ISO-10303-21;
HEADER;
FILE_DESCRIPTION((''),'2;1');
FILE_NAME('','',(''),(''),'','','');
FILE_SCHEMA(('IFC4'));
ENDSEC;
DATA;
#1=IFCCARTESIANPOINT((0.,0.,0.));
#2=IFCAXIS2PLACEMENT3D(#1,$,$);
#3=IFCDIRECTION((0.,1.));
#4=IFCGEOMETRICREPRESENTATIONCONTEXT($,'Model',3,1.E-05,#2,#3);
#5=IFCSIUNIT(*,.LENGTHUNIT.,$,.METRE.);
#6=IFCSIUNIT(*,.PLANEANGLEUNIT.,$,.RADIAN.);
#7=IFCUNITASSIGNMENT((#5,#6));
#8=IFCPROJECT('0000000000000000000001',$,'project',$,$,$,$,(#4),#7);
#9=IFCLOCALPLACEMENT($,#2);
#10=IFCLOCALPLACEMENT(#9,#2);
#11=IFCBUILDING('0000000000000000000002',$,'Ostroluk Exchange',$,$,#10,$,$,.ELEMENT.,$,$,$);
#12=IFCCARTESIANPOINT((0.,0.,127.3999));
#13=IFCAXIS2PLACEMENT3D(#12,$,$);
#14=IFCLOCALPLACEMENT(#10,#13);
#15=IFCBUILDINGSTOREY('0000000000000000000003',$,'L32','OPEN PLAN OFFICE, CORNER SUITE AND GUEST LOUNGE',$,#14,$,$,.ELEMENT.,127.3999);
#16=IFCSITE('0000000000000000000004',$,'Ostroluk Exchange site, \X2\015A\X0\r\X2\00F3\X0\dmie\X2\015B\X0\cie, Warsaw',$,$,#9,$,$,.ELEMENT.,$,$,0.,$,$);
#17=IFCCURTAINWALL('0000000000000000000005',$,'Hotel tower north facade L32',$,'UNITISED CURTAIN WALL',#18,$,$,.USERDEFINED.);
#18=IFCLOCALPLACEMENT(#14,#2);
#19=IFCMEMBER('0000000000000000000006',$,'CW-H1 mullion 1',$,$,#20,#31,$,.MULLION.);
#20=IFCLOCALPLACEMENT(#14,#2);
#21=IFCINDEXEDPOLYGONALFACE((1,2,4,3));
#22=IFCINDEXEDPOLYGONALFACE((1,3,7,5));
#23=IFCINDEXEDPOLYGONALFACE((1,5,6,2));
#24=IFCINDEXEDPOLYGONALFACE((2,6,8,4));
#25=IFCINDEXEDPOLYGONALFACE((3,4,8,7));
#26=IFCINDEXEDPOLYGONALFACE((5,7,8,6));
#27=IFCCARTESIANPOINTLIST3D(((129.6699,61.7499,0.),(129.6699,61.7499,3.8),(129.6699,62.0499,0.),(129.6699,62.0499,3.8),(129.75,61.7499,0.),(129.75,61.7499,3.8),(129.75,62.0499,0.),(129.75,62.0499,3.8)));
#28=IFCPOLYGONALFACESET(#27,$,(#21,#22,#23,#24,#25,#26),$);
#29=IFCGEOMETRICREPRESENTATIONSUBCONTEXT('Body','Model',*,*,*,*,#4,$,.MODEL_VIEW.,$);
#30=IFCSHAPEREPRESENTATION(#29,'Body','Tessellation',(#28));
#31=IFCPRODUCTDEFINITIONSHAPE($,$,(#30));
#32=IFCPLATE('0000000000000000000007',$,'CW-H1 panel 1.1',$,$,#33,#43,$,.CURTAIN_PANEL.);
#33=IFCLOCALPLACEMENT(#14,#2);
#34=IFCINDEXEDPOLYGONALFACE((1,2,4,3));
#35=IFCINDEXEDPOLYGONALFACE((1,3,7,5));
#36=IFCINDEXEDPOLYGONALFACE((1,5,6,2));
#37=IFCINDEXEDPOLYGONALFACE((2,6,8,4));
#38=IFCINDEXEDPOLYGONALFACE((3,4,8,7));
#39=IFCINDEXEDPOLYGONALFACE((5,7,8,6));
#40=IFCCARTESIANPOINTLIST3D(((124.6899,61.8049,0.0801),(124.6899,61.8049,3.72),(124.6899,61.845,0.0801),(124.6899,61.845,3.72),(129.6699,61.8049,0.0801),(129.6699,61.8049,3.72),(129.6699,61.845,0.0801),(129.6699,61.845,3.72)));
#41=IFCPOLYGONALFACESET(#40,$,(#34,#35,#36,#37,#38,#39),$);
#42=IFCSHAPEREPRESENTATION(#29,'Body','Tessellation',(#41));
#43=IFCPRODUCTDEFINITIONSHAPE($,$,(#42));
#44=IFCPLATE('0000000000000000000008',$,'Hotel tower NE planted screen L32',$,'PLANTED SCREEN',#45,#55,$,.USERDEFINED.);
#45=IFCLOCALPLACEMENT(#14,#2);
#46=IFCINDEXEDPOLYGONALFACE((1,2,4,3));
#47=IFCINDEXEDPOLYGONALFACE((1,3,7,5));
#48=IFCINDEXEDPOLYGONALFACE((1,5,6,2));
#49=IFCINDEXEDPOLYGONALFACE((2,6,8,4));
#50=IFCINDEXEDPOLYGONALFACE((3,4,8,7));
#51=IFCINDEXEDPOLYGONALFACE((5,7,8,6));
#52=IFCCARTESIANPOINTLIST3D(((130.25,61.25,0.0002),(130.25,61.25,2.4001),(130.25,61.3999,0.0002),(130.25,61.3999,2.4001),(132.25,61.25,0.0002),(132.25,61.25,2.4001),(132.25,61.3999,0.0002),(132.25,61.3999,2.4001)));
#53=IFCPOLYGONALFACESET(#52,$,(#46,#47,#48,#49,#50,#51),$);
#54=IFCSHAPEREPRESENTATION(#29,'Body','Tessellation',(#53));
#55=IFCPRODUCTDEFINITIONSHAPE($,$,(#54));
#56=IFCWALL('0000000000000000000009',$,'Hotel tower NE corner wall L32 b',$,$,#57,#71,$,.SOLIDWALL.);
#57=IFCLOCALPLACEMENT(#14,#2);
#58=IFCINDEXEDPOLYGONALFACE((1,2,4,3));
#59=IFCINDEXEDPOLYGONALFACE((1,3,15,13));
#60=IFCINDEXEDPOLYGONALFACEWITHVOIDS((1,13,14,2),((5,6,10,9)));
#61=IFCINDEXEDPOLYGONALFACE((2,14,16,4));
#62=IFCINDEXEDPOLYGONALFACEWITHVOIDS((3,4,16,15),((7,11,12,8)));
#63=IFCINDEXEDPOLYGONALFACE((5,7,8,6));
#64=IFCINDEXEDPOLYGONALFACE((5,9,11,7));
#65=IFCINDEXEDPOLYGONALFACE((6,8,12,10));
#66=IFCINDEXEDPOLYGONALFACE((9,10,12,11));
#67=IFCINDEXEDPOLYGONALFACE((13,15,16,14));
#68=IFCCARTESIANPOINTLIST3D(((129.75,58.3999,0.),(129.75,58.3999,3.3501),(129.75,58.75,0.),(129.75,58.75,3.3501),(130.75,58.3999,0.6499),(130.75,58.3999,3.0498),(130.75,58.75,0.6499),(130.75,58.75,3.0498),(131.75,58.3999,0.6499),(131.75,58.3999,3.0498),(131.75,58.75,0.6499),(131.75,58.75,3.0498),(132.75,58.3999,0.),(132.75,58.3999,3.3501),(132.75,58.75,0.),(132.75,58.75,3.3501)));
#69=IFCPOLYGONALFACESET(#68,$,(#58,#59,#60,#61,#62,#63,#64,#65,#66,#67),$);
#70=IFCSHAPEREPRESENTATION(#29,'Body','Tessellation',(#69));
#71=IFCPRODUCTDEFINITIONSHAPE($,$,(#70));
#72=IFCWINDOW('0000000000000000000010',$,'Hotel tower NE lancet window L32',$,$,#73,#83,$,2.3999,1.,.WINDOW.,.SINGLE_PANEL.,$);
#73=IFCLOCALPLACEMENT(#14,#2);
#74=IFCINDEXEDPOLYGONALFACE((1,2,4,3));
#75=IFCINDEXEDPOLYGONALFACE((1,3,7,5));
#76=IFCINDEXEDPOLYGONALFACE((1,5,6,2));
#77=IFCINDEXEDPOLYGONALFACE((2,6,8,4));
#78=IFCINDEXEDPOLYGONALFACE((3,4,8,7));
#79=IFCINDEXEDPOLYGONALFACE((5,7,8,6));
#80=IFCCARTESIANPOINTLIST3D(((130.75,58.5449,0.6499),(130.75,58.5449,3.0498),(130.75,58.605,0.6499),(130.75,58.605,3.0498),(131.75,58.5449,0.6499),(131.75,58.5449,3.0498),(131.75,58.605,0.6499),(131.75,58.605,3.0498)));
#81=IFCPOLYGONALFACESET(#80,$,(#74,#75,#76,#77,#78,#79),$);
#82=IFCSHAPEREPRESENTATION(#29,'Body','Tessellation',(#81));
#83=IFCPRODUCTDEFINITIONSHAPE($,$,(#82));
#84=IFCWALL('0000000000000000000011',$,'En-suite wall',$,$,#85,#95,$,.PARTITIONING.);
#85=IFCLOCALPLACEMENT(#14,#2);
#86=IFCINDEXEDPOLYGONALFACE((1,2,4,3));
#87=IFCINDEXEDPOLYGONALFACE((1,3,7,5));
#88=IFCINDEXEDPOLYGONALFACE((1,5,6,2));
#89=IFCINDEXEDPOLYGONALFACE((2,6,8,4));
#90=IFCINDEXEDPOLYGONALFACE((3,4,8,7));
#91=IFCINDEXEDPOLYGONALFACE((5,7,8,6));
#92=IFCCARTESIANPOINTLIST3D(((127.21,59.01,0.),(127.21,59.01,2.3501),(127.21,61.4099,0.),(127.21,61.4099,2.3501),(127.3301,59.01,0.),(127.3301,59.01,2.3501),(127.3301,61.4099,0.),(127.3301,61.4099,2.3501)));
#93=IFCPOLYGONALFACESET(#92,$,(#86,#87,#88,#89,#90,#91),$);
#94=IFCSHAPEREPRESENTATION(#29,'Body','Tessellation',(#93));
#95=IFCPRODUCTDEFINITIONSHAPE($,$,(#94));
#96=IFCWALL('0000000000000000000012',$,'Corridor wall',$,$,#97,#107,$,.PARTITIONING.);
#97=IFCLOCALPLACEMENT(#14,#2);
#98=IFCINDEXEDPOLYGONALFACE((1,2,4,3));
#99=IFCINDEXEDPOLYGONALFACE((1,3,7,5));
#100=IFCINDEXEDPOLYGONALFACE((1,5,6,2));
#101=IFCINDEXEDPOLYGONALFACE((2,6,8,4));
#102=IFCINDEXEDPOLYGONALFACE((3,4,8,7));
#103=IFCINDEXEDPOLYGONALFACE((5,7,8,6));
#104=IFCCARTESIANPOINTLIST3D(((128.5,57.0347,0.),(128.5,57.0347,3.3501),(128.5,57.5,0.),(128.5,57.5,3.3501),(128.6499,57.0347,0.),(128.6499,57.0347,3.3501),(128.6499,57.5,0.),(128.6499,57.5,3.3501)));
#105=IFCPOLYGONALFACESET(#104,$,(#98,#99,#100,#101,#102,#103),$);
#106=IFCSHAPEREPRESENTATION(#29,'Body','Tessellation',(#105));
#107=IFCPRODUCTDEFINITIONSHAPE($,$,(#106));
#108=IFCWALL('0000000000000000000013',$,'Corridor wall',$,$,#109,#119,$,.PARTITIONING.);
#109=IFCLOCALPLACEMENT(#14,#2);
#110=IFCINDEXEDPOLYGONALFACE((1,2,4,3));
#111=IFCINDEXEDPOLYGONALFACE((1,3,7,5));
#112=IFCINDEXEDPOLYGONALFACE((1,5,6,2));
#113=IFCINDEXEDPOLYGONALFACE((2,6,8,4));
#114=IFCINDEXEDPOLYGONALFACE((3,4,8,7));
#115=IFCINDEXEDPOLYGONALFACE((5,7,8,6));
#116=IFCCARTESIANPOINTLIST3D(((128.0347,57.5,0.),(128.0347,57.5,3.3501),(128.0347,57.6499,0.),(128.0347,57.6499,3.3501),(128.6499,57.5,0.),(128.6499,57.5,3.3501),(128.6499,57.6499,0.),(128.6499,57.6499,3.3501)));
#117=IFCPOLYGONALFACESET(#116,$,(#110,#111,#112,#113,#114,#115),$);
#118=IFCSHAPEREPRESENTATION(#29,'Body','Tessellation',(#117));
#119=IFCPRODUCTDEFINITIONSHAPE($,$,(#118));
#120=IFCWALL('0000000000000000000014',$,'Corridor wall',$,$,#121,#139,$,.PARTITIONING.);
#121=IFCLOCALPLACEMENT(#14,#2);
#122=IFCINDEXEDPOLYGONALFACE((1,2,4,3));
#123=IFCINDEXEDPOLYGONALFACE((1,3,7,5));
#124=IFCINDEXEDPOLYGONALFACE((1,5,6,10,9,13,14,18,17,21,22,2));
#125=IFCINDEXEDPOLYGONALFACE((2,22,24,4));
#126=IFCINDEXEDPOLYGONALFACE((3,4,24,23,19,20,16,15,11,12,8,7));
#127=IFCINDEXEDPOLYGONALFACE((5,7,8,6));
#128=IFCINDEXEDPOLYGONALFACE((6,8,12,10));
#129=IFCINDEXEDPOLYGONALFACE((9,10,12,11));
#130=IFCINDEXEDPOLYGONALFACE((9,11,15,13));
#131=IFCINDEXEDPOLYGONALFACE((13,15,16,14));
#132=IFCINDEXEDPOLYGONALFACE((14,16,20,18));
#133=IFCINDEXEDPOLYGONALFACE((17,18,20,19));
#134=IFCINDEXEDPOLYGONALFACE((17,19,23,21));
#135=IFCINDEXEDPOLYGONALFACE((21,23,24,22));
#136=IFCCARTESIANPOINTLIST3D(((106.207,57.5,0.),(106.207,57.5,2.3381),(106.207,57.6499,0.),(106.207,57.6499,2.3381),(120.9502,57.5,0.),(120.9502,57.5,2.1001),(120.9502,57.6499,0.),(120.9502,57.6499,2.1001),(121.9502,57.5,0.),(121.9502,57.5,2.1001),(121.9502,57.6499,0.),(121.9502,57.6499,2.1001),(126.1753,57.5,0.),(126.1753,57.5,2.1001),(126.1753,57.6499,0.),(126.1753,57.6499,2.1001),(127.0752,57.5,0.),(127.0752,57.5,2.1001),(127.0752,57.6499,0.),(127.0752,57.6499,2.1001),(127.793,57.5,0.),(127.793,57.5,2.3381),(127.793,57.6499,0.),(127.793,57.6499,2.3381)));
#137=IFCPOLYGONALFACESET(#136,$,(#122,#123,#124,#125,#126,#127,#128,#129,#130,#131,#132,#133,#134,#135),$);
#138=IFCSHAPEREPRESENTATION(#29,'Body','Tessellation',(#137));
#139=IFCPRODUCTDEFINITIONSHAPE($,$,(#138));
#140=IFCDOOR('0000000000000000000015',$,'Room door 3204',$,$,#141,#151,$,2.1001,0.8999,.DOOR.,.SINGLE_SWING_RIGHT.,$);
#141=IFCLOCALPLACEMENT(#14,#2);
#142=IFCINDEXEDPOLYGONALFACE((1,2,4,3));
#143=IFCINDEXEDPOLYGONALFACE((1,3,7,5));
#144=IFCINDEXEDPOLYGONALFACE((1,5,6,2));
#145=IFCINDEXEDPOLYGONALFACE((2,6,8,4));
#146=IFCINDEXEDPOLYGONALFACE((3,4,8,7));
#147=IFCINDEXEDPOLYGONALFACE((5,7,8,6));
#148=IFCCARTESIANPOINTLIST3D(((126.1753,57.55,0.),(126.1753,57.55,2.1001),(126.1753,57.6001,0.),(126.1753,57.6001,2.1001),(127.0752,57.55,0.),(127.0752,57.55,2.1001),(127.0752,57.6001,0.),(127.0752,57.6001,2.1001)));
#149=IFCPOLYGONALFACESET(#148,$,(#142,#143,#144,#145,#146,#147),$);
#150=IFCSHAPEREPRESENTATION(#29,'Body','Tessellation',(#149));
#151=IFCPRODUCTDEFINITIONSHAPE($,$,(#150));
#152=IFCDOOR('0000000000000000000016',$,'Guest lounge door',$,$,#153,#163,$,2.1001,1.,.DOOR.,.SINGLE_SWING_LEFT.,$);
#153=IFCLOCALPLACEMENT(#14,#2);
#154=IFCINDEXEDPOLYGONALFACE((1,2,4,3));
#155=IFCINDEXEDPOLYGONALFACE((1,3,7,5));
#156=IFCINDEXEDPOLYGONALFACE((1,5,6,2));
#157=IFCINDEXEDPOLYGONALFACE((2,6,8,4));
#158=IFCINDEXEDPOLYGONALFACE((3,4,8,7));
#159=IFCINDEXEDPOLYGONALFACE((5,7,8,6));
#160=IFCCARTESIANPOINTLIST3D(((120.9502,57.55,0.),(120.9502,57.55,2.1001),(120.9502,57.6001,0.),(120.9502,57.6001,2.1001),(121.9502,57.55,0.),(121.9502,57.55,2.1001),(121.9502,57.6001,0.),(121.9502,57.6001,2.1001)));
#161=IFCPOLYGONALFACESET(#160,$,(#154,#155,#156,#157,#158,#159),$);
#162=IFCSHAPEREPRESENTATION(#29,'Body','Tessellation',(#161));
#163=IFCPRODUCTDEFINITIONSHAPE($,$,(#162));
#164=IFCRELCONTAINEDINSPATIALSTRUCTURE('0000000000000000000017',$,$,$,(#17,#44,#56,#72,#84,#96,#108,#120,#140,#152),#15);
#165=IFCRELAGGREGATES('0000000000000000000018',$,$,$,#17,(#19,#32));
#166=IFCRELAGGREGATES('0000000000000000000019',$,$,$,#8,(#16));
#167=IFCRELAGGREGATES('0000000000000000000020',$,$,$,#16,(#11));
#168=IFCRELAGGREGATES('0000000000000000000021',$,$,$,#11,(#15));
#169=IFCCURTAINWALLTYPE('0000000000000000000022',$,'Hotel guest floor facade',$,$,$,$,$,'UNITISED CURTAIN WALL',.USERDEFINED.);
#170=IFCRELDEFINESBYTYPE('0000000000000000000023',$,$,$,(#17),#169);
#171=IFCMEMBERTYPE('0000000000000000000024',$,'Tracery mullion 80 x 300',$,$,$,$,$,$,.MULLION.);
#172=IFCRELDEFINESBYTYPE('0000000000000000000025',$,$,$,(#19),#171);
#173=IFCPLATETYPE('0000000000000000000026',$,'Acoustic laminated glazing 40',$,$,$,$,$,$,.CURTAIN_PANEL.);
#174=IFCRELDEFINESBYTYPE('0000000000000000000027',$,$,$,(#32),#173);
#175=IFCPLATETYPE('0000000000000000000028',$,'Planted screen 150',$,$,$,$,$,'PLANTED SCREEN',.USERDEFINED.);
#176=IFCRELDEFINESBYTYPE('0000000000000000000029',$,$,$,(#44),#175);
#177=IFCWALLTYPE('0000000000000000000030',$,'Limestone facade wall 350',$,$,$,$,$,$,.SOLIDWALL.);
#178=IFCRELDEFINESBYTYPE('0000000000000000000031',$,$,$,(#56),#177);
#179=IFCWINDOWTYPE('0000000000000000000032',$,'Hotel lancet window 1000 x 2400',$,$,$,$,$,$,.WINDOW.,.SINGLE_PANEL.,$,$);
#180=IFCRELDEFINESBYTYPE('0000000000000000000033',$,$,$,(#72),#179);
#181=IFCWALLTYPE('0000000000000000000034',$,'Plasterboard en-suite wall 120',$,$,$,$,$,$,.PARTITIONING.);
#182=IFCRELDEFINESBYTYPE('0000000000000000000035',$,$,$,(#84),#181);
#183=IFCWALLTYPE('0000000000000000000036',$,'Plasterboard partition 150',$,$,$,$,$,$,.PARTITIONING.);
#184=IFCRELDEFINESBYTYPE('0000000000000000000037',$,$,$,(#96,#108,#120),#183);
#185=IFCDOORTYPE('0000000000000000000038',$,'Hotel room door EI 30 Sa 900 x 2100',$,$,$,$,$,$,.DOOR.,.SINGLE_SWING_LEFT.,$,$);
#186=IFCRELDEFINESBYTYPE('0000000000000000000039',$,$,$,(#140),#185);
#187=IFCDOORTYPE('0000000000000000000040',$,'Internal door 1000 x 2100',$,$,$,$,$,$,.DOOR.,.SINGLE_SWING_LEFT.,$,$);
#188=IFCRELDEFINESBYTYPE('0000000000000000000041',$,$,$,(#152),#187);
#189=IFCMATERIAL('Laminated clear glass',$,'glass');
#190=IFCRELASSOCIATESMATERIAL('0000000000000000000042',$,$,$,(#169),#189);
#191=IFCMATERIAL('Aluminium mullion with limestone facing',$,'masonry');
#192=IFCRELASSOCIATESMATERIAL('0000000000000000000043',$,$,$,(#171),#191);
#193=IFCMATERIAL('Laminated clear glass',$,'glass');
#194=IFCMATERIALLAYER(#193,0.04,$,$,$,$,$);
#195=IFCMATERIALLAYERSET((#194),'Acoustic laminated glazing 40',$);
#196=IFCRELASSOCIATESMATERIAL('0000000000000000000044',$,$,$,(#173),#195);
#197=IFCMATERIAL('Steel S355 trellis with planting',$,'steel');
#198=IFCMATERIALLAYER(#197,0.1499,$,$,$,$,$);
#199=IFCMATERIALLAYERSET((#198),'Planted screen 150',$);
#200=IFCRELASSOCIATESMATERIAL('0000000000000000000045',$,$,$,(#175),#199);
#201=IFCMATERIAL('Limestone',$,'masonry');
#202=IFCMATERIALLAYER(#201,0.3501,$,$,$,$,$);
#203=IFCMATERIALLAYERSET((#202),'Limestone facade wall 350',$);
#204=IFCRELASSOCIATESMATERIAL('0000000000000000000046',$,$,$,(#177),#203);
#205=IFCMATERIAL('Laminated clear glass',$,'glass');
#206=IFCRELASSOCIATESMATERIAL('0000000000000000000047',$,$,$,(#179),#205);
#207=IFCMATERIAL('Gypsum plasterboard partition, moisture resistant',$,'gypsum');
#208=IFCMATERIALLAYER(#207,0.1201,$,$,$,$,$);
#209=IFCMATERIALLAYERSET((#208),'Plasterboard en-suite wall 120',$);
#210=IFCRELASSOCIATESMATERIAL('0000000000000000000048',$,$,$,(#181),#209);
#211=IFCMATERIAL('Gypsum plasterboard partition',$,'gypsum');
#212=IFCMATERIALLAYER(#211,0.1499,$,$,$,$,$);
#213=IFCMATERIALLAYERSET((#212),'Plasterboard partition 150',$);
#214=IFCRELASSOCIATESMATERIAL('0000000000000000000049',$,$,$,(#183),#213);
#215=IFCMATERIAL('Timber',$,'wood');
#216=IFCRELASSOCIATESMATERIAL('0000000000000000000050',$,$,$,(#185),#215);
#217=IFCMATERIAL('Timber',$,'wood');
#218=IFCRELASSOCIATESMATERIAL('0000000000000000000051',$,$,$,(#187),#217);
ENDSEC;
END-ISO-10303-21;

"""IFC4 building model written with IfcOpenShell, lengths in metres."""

from ifc_helpers import new_model, si_unit, direction, frame, frame_2d, origin, origin_2d, place, context, subcontext, project, spatial, rectangle, extrude, material, layer, layer_set, material_profile, profile_set, type_object, element, fill, aggregate, save


model = new_model("IFC4")

# Units and contexts
model_context = context("Model", 3, precision=1e-05, world=origin(), true_north=direction((0.0, 1.0)))
body_context = subcontext(model_context, "Body", "Model", "MODEL_VIEW")
ifc_project = project(units=[si_unit("LENGTHUNIT", "METRE"), si_unit("PLANEANGLEUNIT", "RADIAN")], contexts=[model_context])

# Site, building, storey
site_placement = place(None, origin())
site = spatial("IfcSite", under=ifc_project, at=site_placement, Name="Ostroluk Exchange site, Śródmieście, Warsaw", CompositionType="ELEMENT", RefElevation=0.0)
building_placement = place(site_placement, origin())
building = spatial("IfcBuilding", under=site, at=building_placement, Name="Ostroluk Exchange", CompositionType="ELEMENT")
storey_placement = place(building_placement, frame((0.0, 0.0, 127.3999)))
storey = spatial("IfcBuildingStorey", under=building, at=storey_placement, Name="L32", Description="OPEN PLAN OFFICE, CORNER SUITE AND GUEST LOUNGE", CompositionType="ELEMENT", Elevation=127.3999)

# Curtain wall
ifc_material_1 = material(Name="Laminated clear glass", Category="glass")
curtain_wall_type = type_object("IfcCurtainWallType", Name="Hotel guest floor facade", ElementType="UNITISED CURTAIN WALL", PredefinedType="USERDEFINED", material=ifc_material_1)
curtain_wall_1_placement = place(storey_placement, origin())
curtain_wall_1 = element("IfcCurtainWall", 1, at=curtain_wall_1_placement, inside=storey, type_object=curtain_wall_type, Name="Hotel tower north facade L32", ObjectType="UNITISED CURTAIN WALL", PredefinedType="USERDEFINED")

# Shared definitions
ifc_material_2 = material(Name="Aluminium mullion with limestone facing", Category="masonry")
ifc_material_profile_1 = material_profile(ifc_material_2, rectangle(XDim=0.3, YDim=0.0801, at=origin_2d()), Name="Tracery mullion 80 x 300")
ifc_profile_set_1 = profile_set([ifc_material_profile_1], Name="Aluminium mullion with limestone facing")
member_type_1 = type_object("IfcMemberType", Name="Tracery mullion 80 x 300", PredefinedType="MULLION", material=ifc_profile_set_1)

# Member
member_1_placement = place(storey_placement, frame((129.71, 61.8999, 0.0), z_axis=(0.0, 0.0, 1.0), x_axis=(0.0, -1.0, 0.0)))
member_1 = element("IfcMember", 2, at=member_1_placement, type_object=member_type_1, Name="CW-H1 mullion 1", PredefinedType="MULLION", context=body_context, shape_type="SweptSolid", body=[
    extrude(rectangle(XDim=0.3, YDim=0.0801, at=origin_2d()), origin(), (0.0, 0.0, 1.0), 3.8),
])

# Plates
ifc_material_3 = material(Name="Laminated clear glass", Category="glass")
ifc_layer_1 = layer(ifc_material_3, 0.04)
ifc_layer_set_1 = layer_set([ifc_layer_1], Name="Acoustic laminated glazing 40")
plate_type_1 = type_object("IfcPlateType", Name="Acoustic laminated glazing 40", PredefinedType="CURTAIN_PANEL", material=ifc_layer_set_1)
plate_1_placement = place(storey_placement, frame((127.1799, 61.825, 0.0801), z_axis=(0.0, 0.0, 1.0), x_axis=(-1.0, 0.0, 0.0)))
plate_1 = element("IfcPlate", 3, at=plate_1_placement, type_object=plate_type_1, Name="CW-H1 panel 1.1", PredefinedType="CURTAIN_PANEL", context=body_context, shape_type="SweptSolid", body=[
    extrude(rectangle(XDim=4.98, YDim=0.04, at=origin_2d()), origin(), (0.0, 0.0, 1.0), 3.6399),
])
aggregate(curtain_wall_1, [member_1, plate_1])
ifc_material_4 = material(Name="Steel S355 trellis with planting", Category="steel")
ifc_layer_2 = layer(ifc_material_4, 0.1499)
ifc_layer_set_2 = layer_set([ifc_layer_2], Name="Planted screen 150")
plate_type_2 = type_object("IfcPlateType", Name="Planted screen 150", ElementType="PLANTED SCREEN", PredefinedType="USERDEFINED", material=ifc_layer_set_2)
plate_2_placement = place(storey_placement, frame((131.25, 61.325, 0.0002), z_axis=(0.0, 0.0, 1.0), x_axis=(1.0, 0.0, 0.0)))
element("IfcPlate", 4, at=plate_2_placement, inside=storey, type_object=plate_type_2, Name="Hotel tower NE planted screen L32", ObjectType="PLANTED SCREEN", PredefinedType="USERDEFINED", context=body_context, shape_type="SweptSolid", body=[
    extrude(rectangle(XDim=2.0, YDim=0.1499, at=origin_2d()), origin(), (0.0, 0.0, 1.0), 2.3999),
])

# Shared definitions
ifc_material_5 = material(Name="Limestone", Category="masonry")
ifc_layer_3 = layer(ifc_material_5, 0.3501)
ifc_layer_set_3 = layer_set([ifc_layer_3], Name="Limestone facade wall 350")
wall_type_1 = type_object("IfcWallType", Name="Limestone facade wall 350", PredefinedType="SOLIDWALL", material=ifc_layer_set_3)

# Wall, opening, window
wall_1_placement = place(storey_placement, frame((129.75, 58.575, 0.0), z_axis=(0.0, 0.0, 1.0), x_axis=(1.0, 0.0, 0.0)))
wall_1 = element("IfcWall", 5, at=wall_1_placement, inside=storey, type_object=wall_type_1, Name="Hotel tower NE corner wall L32 b", PredefinedType="SOLIDWALL", context=body_context, shape_type="SweptSolid", body=[
    extrude(rectangle(XDim=3.0, YDim=0.3501, at=frame_2d((1.5, 0.0))), origin(), (0.0, 0.0, 1.0), 3.3501),
])
opening_1_placement = place(wall_1_placement, frame((1.0, 0.0, 0.6499)))
opening_1 = element("IfcOpeningElement", 6, at=opening_1_placement, cuts=wall_1, PredefinedType="OPENING", context=body_context, shape_type="SweptSolid", body=[
    extrude(rectangle(XDim=1.0, YDim=2.3999, at=frame_2d((0.5, 1.2))), frame((0.0, 0.1851, 0.0), z_axis=(0.0, -1.0, 0.0), x_axis=(1.0, 0.0, 0.0)), (0.0, 0.0, 1.0), 0.3701),
])
ifc_material_6 = material(Name="Laminated clear glass", Category="glass")
window_type = type_object("IfcWindowType", Name="Hotel lancet window 1000 x 2400", PartitioningType="SINGLE_PANEL", PredefinedType="WINDOW", material=ifc_material_6)
window_placement = place(opening_1_placement, origin())
window = element("IfcWindow", 7, at=window_placement, inside=storey, type_object=window_type, Name="Hotel tower NE lancet window L32", OverallHeight=2.3999, OverallWidth=1.0, PartitioningType="SINGLE_PANEL", PredefinedType="WINDOW", context=body_context, shape_type="SweptSolid", body=[
    extrude(rectangle(XDim=1.0, YDim=2.3999, at=frame_2d((0.5, 1.2))), frame((0.0, 0.03, 0.0), z_axis=(0.0, -1.0, 0.0), x_axis=(1.0, 0.0, 0.0)), (0.0, 0.0, 1.0), 0.0601),
])
fill(opening_1, window)

# Walls
ifc_material_7 = material(Name="Gypsum plasterboard partition, moisture resistant", Category="gypsum")
ifc_layer_4 = layer(ifc_material_7, 0.1201)
ifc_layer_set_4 = layer_set([ifc_layer_4], Name="Plasterboard en-suite wall 120")
wall_type_2 = type_object("IfcWallType", Name="Plasterboard en-suite wall 120", PredefinedType="PARTITIONING", material=ifc_layer_set_4)
wall_2_placement = place(storey_placement, frame((127.27, 59.01, 0.0), z_axis=(0.0, 0.0, 1.0), x_axis=(0.0, 1.0, 0.0)))
element("IfcWall", 8, at=wall_2_placement, inside=storey, type_object=wall_type_2, Name="En-suite wall", PredefinedType="PARTITIONING", context=body_context, shape_type="SweptSolid", body=[
    extrude(rectangle(XDim=2.3999, YDim=0.1201, at=frame_2d((1.2, 0.0))), origin(), (0.0, 0.0, 1.0), 2.3501),
])
ifc_material_8 = material(Name="Gypsum plasterboard partition", Category="gypsum")
ifc_layer_5 = layer(ifc_material_8, 0.1499)
ifc_layer_set_5 = layer_set([ifc_layer_5], Name="Plasterboard partition 150")
wall_type_3 = type_object("IfcWallType", Name="Plasterboard partition 150", PredefinedType="PARTITIONING", material=ifc_layer_set_5)
wall_3_placement = place(storey_placement, frame((128.575, 57.0347, 0.0), z_axis=(0.0, 0.0, 1.0), x_axis=(0.0, 1.0, 0.0)))
element("IfcWall", 9, at=wall_3_placement, inside=storey, type_object=wall_type_3, Name="Corridor wall", PredefinedType="PARTITIONING", context=body_context, shape_type="SweptSolid", body=[
    extrude(rectangle(XDim=0.4653, YDim=0.1499, at=frame_2d((0.2327, 0.0))), origin(), (0.0, 0.0, 1.0), 3.3501),
])
wall_4_placement = place(storey_placement, frame((128.6499, 57.575, 0.0), z_axis=(0.0, 0.0, 1.0), x_axis=(-1.0, 0.0, 0.0)))
element("IfcWall", 10, at=wall_4_placement, inside=storey, type_object=wall_type_3, Name="Corridor wall", PredefinedType="PARTITIONING", context=body_context, shape_type="SweptSolid", body=[
    extrude(rectangle(XDim=0.6152, YDim=0.1499, at=frame_2d((0.3076, 0.0))), origin(), (0.0, 0.0, 1.0), 3.3501),
])

# Wall, openings, doors
wall_5_placement = place(storey_placement, frame((127.793, 57.575, 0.0), z_axis=(0.0, 0.0, 1.0), x_axis=(-1.0, 0.0, 0.0)))
wall_5 = element("IfcWall", 11, at=wall_5_placement, inside=storey, type_object=wall_type_3, Name="Corridor wall", PredefinedType="PARTITIONING", context=body_context, shape_type="SweptSolid", body=[
    extrude(rectangle(XDim=21.5859, YDim=0.1499, at=frame_2d((10.793, 0.0))), origin(), (0.0, 0.0, 1.0), 2.3381),
])
opening_2_placement = place(wall_5_placement, frame((0.7178, 0.0, 0.0)))
opening_2 = element("IfcOpeningElement", 12, at=opening_2_placement, cuts=wall_5, PredefinedType="OPENING", context=body_context, shape_type="SweptSolid", body=[
    extrude(rectangle(XDim=0.8999, YDim=2.1001, at=frame_2d((0.45, 1.05))), frame((0.0, 0.085, 0.0), z_axis=(0.0, -1.0, 0.0), x_axis=(1.0, 0.0, 0.0)), (0.0, 0.0, 1.0), 0.1699),
])
opening_3_placement = place(wall_5_placement, frame((5.8428, 0.0, 0.0)))
opening_3 = element("IfcOpeningElement", 13, at=opening_3_placement, cuts=wall_5, PredefinedType="OPENING", context=body_context, shape_type="SweptSolid", body=[
    extrude(rectangle(XDim=1.0, YDim=2.1001, at=frame_2d((0.5, 1.05))), frame((0.0, 0.085, 0.0), z_axis=(0.0, -1.0, 0.0), x_axis=(1.0, 0.0, 0.0)), (0.0, 0.0, 1.0), 0.1699),
])
ifc_material_9 = material(Name="Timber", Category="wood")
door_type_1 = type_object("IfcDoorType", Name="Hotel room door EI 30 Sa 900 x 2100", OperationType="SINGLE_SWING_LEFT", PredefinedType="DOOR", material=ifc_material_9)
door_1_placement = place(opening_2_placement, origin())
door_1 = element("IfcDoor", 14, at=door_1_placement, inside=storey, type_object=door_type_1, Name="Room door 3204", OperationType="SINGLE_SWING_RIGHT", OverallHeight=2.1001, OverallWidth=0.8999, PredefinedType="DOOR", context=body_context, shape_type="SweptSolid", body=[
    extrude(rectangle(XDim=0.8999, YDim=2.1001, at=frame_2d((0.45, 1.05))), frame((0.0, 0.0249, 0.0), z_axis=(0.0, -1.0, 0.0), x_axis=(1.0, 0.0, 0.0)), (0.0, 0.0, 1.0), 0.05),
])
fill(opening_2, door_1)
ifc_material_10 = material(Name="Timber", Category="wood")
door_type_2 = type_object("IfcDoorType", Name="Internal door 1000 x 2100", OperationType="SINGLE_SWING_LEFT", PredefinedType="DOOR", material=ifc_material_10)
door_2_placement = place(opening_3_placement, origin())
door_2 = element("IfcDoor", 15, at=door_2_placement, inside=storey, type_object=door_type_2, Name="Guest lounge door", OperationType="SINGLE_SWING_LEFT", OverallHeight=2.1001, OverallWidth=1.0, PredefinedType="DOOR", context=body_context, shape_type="SweptSolid", body=[
    extrude(rectangle(XDim=1.0, YDim=2.1001, at=frame_2d((0.5, 1.05))), frame((0.0, 0.0249, 0.0), z_axis=(0.0, -1.0, 0.0), x_axis=(1.0, 0.0, 0.0)), (0.0, 0.0, 1.0), 0.05),
])
fill(opening_3, door_2)

save(model, "model.ifc")
